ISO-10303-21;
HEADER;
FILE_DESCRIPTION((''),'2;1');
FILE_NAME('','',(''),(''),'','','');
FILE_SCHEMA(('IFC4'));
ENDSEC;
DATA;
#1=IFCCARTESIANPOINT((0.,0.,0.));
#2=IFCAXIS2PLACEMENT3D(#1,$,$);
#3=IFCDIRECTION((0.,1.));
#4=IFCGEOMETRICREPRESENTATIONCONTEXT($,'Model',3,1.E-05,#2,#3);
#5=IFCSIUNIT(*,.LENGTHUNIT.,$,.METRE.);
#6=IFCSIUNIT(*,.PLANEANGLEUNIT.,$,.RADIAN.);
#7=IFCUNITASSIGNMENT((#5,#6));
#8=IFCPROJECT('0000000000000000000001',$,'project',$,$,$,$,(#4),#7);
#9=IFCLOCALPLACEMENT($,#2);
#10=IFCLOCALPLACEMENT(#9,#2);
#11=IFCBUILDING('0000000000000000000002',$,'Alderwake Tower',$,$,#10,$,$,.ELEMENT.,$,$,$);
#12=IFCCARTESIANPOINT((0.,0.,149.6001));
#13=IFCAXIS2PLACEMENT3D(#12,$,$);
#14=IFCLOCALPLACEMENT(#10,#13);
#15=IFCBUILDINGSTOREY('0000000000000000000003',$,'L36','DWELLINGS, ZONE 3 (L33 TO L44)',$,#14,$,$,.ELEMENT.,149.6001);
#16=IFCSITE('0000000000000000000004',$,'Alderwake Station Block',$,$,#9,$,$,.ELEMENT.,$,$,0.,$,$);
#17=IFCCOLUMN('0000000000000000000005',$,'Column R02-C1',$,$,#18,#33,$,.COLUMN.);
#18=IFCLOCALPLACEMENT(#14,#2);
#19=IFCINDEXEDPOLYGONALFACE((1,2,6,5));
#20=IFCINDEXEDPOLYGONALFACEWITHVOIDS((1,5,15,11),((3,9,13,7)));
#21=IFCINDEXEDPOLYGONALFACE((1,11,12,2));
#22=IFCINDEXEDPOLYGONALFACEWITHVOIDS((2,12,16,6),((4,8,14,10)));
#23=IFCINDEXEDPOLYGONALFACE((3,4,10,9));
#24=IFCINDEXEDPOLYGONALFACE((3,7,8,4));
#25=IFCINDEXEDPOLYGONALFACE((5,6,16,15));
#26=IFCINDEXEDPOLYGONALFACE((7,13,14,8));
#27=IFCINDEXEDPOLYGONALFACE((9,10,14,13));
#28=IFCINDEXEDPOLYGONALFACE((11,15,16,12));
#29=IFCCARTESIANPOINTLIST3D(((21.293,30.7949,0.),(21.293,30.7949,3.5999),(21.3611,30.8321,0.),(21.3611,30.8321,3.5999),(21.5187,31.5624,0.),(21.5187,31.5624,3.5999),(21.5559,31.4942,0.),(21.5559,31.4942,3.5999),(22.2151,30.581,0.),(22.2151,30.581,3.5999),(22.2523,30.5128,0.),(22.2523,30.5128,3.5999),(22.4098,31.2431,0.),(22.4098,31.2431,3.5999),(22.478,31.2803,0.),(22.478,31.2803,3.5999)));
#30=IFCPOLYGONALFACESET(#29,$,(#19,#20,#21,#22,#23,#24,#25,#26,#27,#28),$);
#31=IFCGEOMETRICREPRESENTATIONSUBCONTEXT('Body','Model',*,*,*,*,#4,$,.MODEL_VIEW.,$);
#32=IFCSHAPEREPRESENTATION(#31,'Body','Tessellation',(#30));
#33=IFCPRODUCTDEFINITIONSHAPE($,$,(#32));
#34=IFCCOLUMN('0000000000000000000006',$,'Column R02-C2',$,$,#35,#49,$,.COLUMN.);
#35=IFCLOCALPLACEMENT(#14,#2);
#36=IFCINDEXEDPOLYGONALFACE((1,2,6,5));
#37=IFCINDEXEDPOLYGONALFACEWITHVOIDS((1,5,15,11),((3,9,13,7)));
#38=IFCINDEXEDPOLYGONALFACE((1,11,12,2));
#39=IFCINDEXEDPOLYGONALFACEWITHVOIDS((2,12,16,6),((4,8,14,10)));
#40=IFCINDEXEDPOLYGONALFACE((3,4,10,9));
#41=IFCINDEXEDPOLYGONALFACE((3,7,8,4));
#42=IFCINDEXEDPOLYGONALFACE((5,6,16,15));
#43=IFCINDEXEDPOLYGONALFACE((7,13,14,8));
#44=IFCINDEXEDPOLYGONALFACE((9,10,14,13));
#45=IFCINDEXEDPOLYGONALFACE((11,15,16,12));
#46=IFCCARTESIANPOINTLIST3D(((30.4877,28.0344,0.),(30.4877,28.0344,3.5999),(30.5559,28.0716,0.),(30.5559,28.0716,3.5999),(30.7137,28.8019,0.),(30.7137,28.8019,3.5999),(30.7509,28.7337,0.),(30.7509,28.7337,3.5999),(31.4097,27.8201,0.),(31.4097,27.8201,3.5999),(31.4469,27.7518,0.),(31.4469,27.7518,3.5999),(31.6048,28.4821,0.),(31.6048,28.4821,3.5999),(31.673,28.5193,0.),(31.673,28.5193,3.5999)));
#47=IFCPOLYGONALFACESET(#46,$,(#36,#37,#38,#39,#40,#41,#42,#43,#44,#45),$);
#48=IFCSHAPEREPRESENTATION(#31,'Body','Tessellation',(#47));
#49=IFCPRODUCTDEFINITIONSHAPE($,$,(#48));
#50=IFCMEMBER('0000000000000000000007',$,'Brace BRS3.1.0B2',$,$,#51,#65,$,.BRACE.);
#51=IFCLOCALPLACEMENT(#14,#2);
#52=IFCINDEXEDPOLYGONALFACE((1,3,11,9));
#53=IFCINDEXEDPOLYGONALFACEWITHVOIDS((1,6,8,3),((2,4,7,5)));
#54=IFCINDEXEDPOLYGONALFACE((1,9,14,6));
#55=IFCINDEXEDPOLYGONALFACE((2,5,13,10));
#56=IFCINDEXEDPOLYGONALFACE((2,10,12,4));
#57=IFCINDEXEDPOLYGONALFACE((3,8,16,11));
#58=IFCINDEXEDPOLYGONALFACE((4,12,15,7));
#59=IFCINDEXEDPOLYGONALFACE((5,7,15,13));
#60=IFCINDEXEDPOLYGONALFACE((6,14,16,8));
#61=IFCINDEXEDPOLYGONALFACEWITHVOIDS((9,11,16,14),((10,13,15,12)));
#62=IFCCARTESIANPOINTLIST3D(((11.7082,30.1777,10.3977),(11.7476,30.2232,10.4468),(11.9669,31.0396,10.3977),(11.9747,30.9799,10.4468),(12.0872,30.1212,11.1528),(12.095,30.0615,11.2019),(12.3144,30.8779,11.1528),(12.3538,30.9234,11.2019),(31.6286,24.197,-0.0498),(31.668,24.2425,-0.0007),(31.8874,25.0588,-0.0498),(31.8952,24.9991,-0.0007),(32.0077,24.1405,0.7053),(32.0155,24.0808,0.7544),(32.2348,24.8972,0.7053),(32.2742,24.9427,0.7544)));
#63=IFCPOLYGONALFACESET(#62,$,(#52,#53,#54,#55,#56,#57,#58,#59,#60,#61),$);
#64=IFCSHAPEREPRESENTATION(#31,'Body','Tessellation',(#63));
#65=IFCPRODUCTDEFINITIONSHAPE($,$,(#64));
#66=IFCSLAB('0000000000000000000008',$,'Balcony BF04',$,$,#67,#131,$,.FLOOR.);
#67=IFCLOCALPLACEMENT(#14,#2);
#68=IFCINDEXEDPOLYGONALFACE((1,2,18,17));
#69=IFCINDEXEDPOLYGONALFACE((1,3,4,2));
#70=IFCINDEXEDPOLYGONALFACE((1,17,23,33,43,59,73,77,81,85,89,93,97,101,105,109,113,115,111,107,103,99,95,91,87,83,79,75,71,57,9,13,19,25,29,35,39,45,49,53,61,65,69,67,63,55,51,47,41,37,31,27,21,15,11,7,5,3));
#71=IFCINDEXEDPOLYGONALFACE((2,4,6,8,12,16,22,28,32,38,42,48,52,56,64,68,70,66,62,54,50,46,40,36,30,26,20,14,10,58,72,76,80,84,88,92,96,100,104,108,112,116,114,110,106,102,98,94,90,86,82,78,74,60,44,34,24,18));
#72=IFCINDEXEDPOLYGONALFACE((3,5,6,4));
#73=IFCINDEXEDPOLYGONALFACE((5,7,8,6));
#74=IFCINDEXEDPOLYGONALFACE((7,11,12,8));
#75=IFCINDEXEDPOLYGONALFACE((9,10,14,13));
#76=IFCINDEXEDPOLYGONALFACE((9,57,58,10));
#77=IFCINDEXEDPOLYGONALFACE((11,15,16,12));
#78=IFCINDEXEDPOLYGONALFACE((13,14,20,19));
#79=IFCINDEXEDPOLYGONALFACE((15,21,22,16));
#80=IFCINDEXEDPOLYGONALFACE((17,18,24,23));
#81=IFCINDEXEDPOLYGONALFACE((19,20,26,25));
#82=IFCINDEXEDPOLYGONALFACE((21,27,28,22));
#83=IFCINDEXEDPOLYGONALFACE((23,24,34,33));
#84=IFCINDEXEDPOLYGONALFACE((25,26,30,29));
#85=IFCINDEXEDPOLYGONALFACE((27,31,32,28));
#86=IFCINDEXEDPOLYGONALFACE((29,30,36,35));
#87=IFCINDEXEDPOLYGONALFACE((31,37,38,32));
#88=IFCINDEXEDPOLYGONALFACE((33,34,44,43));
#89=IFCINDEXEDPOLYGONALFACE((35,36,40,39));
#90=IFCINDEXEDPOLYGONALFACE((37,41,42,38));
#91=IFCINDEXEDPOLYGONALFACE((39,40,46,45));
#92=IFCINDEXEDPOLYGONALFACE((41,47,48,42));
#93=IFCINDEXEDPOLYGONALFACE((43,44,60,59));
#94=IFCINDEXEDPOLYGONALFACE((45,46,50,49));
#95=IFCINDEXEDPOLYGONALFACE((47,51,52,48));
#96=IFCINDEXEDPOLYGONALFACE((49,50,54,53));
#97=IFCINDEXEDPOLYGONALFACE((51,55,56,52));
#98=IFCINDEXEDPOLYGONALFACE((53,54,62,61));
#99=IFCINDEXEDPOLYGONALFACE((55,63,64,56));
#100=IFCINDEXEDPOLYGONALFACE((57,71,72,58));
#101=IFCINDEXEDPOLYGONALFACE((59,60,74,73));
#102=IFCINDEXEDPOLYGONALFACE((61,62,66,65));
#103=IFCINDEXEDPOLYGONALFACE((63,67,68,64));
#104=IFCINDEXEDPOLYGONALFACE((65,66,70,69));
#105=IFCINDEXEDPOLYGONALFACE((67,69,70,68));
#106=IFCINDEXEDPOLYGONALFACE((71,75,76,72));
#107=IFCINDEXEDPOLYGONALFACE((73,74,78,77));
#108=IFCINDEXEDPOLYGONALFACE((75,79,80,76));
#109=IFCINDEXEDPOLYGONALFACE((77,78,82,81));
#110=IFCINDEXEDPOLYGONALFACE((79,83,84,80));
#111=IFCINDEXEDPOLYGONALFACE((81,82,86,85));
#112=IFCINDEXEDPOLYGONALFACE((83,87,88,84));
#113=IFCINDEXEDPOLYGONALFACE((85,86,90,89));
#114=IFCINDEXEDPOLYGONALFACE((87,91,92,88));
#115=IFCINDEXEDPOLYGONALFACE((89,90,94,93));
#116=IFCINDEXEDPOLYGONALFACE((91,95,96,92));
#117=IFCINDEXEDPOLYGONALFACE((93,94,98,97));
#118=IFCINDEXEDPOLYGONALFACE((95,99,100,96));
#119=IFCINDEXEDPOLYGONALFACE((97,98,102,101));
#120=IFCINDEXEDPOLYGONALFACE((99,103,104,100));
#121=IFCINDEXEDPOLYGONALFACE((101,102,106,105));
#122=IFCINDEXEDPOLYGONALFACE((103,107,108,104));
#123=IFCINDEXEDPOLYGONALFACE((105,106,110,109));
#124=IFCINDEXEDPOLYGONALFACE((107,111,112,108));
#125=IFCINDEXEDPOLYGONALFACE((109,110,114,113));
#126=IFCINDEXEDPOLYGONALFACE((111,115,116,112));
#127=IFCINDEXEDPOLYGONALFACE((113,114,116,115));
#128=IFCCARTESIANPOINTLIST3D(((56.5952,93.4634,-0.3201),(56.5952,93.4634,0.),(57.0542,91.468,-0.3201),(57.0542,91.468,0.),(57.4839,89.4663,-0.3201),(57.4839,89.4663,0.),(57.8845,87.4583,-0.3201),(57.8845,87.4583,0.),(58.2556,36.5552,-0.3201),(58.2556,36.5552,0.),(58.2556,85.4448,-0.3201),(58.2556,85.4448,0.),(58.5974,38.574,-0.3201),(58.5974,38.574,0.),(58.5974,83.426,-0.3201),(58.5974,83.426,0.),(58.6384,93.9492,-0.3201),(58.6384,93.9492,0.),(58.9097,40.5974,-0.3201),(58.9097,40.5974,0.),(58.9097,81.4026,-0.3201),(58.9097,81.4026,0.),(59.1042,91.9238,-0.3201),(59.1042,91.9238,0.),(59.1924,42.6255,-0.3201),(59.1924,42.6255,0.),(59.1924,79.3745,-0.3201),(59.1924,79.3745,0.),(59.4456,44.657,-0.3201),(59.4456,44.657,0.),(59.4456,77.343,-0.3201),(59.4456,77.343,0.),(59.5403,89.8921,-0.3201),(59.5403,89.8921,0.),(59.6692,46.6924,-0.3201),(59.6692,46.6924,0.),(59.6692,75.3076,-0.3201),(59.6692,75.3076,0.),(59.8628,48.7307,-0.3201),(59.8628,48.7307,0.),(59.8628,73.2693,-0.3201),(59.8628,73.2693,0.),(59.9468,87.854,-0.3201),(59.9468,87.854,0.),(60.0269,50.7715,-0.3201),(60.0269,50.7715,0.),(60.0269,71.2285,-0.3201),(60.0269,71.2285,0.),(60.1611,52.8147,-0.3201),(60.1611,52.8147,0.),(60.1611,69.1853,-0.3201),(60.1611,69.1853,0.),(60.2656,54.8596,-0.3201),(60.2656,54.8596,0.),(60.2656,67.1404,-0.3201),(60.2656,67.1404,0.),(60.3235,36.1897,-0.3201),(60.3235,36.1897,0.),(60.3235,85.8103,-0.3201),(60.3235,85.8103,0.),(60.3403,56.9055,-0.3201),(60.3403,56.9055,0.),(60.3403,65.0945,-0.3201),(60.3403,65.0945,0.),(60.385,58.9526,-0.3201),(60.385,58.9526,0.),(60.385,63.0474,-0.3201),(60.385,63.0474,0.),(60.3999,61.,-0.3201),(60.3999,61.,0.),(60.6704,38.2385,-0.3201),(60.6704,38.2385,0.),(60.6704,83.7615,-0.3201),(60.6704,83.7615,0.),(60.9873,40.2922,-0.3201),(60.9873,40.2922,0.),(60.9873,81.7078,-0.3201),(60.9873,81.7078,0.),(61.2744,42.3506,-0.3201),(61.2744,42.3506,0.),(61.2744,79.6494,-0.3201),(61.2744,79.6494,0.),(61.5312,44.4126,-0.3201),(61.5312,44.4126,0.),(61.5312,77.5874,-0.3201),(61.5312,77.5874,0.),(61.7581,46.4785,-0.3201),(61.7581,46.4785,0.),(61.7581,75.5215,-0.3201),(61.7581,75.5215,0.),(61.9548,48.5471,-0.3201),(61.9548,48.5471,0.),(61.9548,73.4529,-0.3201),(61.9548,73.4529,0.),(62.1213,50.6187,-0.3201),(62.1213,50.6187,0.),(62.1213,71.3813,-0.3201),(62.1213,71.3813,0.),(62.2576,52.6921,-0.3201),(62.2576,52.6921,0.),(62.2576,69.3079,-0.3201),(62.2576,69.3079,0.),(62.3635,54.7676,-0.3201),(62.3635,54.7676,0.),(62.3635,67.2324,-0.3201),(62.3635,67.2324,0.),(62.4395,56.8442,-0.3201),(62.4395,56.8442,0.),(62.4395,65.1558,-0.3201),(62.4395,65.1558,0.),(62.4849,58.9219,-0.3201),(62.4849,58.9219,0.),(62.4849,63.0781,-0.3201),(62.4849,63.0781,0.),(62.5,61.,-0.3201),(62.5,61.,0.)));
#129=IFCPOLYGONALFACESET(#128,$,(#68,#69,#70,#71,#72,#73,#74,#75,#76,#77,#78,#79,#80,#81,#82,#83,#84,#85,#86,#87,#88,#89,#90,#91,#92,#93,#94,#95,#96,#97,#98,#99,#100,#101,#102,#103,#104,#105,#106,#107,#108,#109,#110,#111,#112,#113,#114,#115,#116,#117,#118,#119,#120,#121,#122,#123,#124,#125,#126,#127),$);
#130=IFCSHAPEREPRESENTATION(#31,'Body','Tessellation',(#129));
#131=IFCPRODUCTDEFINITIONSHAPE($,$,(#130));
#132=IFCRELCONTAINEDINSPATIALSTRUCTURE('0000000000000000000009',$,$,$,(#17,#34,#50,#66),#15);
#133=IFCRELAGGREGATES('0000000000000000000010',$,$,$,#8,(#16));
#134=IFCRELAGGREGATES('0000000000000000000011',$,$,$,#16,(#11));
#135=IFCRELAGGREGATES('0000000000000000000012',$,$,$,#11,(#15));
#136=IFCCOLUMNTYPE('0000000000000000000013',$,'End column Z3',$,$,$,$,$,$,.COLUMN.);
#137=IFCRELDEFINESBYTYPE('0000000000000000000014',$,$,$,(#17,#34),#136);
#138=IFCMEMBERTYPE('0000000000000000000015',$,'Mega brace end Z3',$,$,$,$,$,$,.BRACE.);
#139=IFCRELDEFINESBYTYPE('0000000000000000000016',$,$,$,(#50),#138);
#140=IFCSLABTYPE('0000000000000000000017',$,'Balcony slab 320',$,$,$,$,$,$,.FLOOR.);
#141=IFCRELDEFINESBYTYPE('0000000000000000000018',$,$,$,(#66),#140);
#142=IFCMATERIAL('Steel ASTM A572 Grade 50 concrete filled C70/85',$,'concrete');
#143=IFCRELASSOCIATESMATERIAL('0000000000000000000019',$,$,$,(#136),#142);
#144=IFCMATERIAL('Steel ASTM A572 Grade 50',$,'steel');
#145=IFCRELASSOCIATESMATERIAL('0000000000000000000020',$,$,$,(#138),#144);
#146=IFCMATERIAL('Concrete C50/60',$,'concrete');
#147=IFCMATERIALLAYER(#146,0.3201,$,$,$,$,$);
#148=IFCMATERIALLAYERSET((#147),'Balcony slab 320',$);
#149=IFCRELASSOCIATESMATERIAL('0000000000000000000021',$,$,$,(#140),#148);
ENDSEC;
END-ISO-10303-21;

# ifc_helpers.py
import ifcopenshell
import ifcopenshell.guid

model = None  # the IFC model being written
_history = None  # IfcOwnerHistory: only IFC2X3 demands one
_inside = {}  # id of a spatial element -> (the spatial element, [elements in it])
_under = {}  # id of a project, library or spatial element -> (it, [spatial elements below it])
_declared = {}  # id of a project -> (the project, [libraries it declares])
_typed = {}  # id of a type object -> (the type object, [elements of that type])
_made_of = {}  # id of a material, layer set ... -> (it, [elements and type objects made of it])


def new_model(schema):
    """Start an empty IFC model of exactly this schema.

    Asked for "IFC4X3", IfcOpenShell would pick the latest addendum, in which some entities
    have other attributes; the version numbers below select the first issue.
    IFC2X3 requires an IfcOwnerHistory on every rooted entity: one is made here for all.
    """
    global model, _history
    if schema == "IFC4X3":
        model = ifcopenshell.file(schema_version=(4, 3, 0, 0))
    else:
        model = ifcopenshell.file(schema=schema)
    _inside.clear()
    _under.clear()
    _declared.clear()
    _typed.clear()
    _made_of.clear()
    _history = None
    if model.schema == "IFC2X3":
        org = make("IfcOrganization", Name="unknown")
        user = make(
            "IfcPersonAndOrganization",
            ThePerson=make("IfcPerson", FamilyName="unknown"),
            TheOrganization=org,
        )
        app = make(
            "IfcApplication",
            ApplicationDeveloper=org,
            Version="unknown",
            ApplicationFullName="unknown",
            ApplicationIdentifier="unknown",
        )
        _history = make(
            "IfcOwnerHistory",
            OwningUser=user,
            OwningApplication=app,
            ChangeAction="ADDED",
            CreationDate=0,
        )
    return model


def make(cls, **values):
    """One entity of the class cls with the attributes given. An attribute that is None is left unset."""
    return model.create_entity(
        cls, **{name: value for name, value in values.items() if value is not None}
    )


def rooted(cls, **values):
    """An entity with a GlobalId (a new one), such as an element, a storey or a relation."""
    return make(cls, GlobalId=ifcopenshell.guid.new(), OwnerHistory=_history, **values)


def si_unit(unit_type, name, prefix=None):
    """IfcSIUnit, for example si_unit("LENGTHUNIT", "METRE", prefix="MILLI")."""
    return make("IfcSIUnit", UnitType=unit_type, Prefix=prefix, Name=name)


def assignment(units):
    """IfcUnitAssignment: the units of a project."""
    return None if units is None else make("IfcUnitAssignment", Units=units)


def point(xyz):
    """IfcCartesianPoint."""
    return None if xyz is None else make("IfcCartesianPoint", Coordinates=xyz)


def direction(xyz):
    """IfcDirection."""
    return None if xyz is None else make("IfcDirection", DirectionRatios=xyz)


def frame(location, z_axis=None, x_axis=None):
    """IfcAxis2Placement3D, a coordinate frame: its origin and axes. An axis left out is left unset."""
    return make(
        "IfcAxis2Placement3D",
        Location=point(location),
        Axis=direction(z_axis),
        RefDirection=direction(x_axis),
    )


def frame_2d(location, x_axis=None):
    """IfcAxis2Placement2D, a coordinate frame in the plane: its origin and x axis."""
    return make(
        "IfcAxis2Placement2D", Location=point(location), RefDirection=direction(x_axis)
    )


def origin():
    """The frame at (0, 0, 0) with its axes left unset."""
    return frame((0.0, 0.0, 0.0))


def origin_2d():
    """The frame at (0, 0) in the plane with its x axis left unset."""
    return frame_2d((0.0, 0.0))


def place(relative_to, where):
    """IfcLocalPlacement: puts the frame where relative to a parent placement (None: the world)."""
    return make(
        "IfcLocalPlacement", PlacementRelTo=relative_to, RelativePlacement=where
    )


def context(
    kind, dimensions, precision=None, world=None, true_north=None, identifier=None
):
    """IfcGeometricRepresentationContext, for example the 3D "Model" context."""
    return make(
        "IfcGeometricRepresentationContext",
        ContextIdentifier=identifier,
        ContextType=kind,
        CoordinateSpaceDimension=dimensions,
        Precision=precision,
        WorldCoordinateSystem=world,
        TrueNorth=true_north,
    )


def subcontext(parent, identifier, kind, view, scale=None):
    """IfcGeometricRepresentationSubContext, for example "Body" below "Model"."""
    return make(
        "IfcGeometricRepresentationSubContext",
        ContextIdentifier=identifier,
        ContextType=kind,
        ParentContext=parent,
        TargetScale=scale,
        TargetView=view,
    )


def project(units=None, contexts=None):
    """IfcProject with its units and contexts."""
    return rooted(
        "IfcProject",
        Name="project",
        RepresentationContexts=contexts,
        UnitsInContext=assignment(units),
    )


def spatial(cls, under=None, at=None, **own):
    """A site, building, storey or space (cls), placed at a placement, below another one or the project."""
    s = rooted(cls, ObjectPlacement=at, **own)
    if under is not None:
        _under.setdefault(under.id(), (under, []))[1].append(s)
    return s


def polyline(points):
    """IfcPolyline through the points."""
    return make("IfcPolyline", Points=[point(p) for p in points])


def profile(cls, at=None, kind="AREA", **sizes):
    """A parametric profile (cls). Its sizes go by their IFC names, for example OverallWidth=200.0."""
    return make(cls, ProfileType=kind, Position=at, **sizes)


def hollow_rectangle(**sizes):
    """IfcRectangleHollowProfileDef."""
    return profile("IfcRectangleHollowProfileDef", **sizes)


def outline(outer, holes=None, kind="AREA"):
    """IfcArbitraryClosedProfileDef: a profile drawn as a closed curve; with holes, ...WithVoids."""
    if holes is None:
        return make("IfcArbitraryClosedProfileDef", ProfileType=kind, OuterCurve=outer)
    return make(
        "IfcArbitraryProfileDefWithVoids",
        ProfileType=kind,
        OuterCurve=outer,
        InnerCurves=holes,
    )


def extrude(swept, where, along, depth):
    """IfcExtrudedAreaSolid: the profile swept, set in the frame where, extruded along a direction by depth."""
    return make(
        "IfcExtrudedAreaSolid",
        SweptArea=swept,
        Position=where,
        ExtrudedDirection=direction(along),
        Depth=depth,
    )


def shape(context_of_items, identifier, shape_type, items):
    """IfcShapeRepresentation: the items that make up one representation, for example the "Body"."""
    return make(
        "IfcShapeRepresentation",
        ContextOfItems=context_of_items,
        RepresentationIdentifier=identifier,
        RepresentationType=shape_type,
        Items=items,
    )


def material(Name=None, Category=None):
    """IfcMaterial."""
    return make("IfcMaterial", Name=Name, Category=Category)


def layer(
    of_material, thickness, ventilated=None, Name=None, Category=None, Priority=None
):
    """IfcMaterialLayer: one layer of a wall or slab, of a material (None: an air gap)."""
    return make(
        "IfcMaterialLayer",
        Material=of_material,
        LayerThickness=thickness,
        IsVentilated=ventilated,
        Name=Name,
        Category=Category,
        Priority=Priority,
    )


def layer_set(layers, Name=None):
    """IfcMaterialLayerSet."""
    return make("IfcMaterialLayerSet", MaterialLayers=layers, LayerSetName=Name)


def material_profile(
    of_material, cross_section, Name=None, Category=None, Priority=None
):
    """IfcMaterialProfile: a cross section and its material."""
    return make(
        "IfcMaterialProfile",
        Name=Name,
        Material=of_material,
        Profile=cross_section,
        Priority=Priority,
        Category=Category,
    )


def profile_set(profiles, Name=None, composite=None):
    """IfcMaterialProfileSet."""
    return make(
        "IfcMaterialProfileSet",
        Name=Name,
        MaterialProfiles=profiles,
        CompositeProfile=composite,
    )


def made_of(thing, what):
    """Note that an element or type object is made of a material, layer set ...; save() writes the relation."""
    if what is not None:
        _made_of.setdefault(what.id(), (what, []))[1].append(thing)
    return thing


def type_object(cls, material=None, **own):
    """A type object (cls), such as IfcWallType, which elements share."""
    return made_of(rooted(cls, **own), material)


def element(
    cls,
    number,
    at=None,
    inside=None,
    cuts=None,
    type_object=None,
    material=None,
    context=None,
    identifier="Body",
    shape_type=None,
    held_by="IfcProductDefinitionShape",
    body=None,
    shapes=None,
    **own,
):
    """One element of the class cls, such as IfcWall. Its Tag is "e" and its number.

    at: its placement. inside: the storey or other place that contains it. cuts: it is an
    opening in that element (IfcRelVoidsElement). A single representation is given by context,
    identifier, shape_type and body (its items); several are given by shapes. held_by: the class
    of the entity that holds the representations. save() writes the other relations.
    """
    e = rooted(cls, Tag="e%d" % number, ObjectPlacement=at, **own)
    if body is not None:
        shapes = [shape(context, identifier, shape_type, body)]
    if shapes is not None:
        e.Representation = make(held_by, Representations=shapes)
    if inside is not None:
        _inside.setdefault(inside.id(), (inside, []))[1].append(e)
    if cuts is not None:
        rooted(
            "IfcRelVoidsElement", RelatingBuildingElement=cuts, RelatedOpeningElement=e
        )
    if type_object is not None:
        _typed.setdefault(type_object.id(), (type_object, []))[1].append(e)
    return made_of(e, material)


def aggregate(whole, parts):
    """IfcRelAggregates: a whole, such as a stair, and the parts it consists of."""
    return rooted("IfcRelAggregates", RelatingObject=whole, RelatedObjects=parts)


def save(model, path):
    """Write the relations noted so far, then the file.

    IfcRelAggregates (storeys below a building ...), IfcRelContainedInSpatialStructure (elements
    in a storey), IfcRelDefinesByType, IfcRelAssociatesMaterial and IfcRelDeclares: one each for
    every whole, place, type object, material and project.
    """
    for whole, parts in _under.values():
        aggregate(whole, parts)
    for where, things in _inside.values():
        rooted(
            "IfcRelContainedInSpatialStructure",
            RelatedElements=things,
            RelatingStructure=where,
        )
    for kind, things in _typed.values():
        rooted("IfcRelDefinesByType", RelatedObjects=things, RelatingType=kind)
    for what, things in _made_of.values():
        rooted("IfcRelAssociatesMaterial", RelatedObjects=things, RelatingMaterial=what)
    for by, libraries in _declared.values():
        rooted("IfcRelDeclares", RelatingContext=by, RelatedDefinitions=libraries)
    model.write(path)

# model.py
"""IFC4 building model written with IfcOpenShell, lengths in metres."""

from ifc_helpers import new_model, si_unit, direction, frame, origin, origin_2d, place, context, subcontext, project, spatial, polyline, hollow_rectangle, outline, extrude, material, layer, layer_set, material_profile, profile_set, type_object, element, save


model = new_model("IFC4")

# Units and contexts
model_context = context("Model", 3, precision=1e-05, world=origin(), true_north=direction((0.0, 1.0)))
body_context = subcontext(model_context, "Body", "Model", "MODEL_VIEW")
ifc_project = project(units=[si_unit("LENGTHUNIT", "METRE"), si_unit("PLANEANGLEUNIT", "RADIAN")], contexts=[model_context])

# Site, building, storey
site_placement = place(None, origin())
site = spatial("IfcSite", under=ifc_project, at=site_placement, Name="Alderwake Station Block", CompositionType="ELEMENT", RefElevation=0.0)
building_placement = place(site_placement, origin())
building = spatial("IfcBuilding", under=site, at=building_placement, Name="Alderwake Tower", CompositionType="ELEMENT")
storey_placement = place(building_placement, frame((0.0, 0.0, 149.6001)))
storey = spatial("IfcBuildingStorey", under=building, at=storey_placement, Name="L36", Description="DWELLINGS, ZONE 3 (L33 TO L44)", CompositionType="ELEMENT", Elevation=149.6001)

# Columns
ifc_material_1 = material(Name="Steel ASTM A572 Grade 50 concrete filled C70/85", Category="concrete")
ifc_material_profile_1 = material_profile(ifc_material_1, hollow_rectangle(XDim=0.8, YDim=1.0, WallThickness=0.0549, at=origin_2d()), Name="BOX 1000X800X55")
ifc_profile_set_1 = profile_set([ifc_material_profile_1], Name="Steel ASTM A572 Grade 50 concrete filled C70/85")
column_type = type_object("IfcColumnType", Name="End column Z3", PredefinedType="COLUMN", material=ifc_profile_set_1)
for number, where, z_axis, x_axis, name in (
    (1, (21.8855, 31.0376, 0.0), (0.0, 0.0, 1.0), (0.282132, 0.959376, 0.0), "Column R02-C1"),
    (2, (31.0803, 28.2769, 0.0), (0.0, 0.0, 1.0), (0.282583, 0.959243, 0.0), "Column R02-C2"),
):
    element("IfcColumn", number, at=place(storey_placement, frame(where, z_axis=z_axis, x_axis=x_axis)), inside=storey, type_object=column_type, Name=name, PredefinedType="COLUMN", context=body_context, shape_type="SweptSolid", body=[
        extrude(hollow_rectangle(XDim=0.8, YDim=1.0, WallThickness=0.0549, at=origin_2d()), origin(), (0.0, 0.0, 1.0), 3.5999),
    ])

# Member
ifc_material_2 = material(Name="Steel ASTM A572 Grade 50", Category="steel")
ifc_material_profile_2 = material_profile(ifc_material_2, hollow_rectangle(XDim=0.8999, YDim=0.8999, WallThickness=0.0549, at=origin_2d()), Name="BOX 900X900X55")
ifc_profile_set_2 = profile_set([ifc_material_profile_2], Name="Steel ASTM A572 Grade 50")
member_type = type_object("IfcMemberType", Name="Mega brace end Z3", PredefinedType="BRACE", material=ifc_profile_set_2)
member_placement = place(storey_placement, frame((31.9514, 24.5698, 0.3523), z_axis=(-0.855859, 0.256955, 0.448866), x_axis=(-0.28755, -0.957766, 0.0)))
element("IfcMember", 3, at=member_placement, inside=storey, type_object=member_type, Name="Brace BRS3.1.0B2", PredefinedType="BRACE", context=body_context, shape_type="SweptSolid", body=[
    extrude(hollow_rectangle(XDim=0.8999, YDim=0.8999, WallThickness=0.0549, at=origin_2d()), origin(), (0.0, 0.0, 1.0), 23.2754),
])

# Slab
ifc_material_3 = material(Name="Concrete C50/60", Category="concrete")
ifc_layer_1 = layer(ifc_material_3, 0.3201)
ifc_layer_set_1 = layer_set([ifc_layer_1], Name="Balcony slab 320")
slab_type_1 = type_object("IfcSlabType", Name="Balcony slab 320", PredefinedType="FLOOR", material=ifc_layer_set_1)
slab_1_placement = place(storey_placement, frame((0.0, 0.0, -0.3201)))
element("IfcSlab", 4, at=slab_1_placement, inside=storey, type_object=slab_type_1, Name="Balcony BF04", PredefinedType="FLOOR", context=body_context, shape_type="SweptSolid", body=[
    extrude(outline(polyline([(60.6704, 38.2385), (60.9873, 40.2922), (61.2744, 42.3506), (61.5312, 44.4126), (61.7581, 46.4785), (61.9548, 48.5471), (62.1213, 50.6187), (62.2576, 52.6921), (62.3635, 54.7676), (62.4395, 56.8442), (62.4849, 58.9219), (62.5, 61.0), (62.4849, 63.0781), (62.4395, 65.1558), (62.3635, 67.2324), (62.2576, 69.3079), (62.1213, 71.3813), (61.9548, 73.4529), (61.7581, 75.5215), (61.5312, 77.5874), (61.2744, 79.6494), (60.9873, 81.7078), (60.6704, 83.7615), (60.3235, 85.8103), (59.9468, 87.854), (59.5403, 89.8921), (59.1042, 91.9238), (58.6384, 93.9492), (56.5952, 93.4634), (57.0542, 91.468), (57.4839, 89.4663), (57.8845, 87.4583), (58.2556, 85.4448), (58.5974, 83.426), (58.9097, 81.4026), (59.1924, 79.3745), (59.4456, 77.343), (59.6692, 75.3076), (59.8628, 73.2693), (60.0269, 71.2285), (60.1611, 69.1853), (60.2656, 67.1404), (60.3403, 65.0945), (60.385, 63.0474), (60.3999, 61.0), (60.385, 58.9526), (60.3403, 56.9055), (60.2656, 54.8596), (60.1611, 52.8147), (60.0269, 50.7715), (59.8628, 48.7307), (59.6692, 46.6924), (59.4456, 44.657), (59.1924, 42.6255), (58.9097, 40.5974), (58.5974, 38.574), (58.2556, 36.5552), (60.3235, 36.1897), (60.6704, 38.2385)])), origin(), (0.0, 0.0, 1.0), 0.3201),
])

save(model, "model.ifc")
